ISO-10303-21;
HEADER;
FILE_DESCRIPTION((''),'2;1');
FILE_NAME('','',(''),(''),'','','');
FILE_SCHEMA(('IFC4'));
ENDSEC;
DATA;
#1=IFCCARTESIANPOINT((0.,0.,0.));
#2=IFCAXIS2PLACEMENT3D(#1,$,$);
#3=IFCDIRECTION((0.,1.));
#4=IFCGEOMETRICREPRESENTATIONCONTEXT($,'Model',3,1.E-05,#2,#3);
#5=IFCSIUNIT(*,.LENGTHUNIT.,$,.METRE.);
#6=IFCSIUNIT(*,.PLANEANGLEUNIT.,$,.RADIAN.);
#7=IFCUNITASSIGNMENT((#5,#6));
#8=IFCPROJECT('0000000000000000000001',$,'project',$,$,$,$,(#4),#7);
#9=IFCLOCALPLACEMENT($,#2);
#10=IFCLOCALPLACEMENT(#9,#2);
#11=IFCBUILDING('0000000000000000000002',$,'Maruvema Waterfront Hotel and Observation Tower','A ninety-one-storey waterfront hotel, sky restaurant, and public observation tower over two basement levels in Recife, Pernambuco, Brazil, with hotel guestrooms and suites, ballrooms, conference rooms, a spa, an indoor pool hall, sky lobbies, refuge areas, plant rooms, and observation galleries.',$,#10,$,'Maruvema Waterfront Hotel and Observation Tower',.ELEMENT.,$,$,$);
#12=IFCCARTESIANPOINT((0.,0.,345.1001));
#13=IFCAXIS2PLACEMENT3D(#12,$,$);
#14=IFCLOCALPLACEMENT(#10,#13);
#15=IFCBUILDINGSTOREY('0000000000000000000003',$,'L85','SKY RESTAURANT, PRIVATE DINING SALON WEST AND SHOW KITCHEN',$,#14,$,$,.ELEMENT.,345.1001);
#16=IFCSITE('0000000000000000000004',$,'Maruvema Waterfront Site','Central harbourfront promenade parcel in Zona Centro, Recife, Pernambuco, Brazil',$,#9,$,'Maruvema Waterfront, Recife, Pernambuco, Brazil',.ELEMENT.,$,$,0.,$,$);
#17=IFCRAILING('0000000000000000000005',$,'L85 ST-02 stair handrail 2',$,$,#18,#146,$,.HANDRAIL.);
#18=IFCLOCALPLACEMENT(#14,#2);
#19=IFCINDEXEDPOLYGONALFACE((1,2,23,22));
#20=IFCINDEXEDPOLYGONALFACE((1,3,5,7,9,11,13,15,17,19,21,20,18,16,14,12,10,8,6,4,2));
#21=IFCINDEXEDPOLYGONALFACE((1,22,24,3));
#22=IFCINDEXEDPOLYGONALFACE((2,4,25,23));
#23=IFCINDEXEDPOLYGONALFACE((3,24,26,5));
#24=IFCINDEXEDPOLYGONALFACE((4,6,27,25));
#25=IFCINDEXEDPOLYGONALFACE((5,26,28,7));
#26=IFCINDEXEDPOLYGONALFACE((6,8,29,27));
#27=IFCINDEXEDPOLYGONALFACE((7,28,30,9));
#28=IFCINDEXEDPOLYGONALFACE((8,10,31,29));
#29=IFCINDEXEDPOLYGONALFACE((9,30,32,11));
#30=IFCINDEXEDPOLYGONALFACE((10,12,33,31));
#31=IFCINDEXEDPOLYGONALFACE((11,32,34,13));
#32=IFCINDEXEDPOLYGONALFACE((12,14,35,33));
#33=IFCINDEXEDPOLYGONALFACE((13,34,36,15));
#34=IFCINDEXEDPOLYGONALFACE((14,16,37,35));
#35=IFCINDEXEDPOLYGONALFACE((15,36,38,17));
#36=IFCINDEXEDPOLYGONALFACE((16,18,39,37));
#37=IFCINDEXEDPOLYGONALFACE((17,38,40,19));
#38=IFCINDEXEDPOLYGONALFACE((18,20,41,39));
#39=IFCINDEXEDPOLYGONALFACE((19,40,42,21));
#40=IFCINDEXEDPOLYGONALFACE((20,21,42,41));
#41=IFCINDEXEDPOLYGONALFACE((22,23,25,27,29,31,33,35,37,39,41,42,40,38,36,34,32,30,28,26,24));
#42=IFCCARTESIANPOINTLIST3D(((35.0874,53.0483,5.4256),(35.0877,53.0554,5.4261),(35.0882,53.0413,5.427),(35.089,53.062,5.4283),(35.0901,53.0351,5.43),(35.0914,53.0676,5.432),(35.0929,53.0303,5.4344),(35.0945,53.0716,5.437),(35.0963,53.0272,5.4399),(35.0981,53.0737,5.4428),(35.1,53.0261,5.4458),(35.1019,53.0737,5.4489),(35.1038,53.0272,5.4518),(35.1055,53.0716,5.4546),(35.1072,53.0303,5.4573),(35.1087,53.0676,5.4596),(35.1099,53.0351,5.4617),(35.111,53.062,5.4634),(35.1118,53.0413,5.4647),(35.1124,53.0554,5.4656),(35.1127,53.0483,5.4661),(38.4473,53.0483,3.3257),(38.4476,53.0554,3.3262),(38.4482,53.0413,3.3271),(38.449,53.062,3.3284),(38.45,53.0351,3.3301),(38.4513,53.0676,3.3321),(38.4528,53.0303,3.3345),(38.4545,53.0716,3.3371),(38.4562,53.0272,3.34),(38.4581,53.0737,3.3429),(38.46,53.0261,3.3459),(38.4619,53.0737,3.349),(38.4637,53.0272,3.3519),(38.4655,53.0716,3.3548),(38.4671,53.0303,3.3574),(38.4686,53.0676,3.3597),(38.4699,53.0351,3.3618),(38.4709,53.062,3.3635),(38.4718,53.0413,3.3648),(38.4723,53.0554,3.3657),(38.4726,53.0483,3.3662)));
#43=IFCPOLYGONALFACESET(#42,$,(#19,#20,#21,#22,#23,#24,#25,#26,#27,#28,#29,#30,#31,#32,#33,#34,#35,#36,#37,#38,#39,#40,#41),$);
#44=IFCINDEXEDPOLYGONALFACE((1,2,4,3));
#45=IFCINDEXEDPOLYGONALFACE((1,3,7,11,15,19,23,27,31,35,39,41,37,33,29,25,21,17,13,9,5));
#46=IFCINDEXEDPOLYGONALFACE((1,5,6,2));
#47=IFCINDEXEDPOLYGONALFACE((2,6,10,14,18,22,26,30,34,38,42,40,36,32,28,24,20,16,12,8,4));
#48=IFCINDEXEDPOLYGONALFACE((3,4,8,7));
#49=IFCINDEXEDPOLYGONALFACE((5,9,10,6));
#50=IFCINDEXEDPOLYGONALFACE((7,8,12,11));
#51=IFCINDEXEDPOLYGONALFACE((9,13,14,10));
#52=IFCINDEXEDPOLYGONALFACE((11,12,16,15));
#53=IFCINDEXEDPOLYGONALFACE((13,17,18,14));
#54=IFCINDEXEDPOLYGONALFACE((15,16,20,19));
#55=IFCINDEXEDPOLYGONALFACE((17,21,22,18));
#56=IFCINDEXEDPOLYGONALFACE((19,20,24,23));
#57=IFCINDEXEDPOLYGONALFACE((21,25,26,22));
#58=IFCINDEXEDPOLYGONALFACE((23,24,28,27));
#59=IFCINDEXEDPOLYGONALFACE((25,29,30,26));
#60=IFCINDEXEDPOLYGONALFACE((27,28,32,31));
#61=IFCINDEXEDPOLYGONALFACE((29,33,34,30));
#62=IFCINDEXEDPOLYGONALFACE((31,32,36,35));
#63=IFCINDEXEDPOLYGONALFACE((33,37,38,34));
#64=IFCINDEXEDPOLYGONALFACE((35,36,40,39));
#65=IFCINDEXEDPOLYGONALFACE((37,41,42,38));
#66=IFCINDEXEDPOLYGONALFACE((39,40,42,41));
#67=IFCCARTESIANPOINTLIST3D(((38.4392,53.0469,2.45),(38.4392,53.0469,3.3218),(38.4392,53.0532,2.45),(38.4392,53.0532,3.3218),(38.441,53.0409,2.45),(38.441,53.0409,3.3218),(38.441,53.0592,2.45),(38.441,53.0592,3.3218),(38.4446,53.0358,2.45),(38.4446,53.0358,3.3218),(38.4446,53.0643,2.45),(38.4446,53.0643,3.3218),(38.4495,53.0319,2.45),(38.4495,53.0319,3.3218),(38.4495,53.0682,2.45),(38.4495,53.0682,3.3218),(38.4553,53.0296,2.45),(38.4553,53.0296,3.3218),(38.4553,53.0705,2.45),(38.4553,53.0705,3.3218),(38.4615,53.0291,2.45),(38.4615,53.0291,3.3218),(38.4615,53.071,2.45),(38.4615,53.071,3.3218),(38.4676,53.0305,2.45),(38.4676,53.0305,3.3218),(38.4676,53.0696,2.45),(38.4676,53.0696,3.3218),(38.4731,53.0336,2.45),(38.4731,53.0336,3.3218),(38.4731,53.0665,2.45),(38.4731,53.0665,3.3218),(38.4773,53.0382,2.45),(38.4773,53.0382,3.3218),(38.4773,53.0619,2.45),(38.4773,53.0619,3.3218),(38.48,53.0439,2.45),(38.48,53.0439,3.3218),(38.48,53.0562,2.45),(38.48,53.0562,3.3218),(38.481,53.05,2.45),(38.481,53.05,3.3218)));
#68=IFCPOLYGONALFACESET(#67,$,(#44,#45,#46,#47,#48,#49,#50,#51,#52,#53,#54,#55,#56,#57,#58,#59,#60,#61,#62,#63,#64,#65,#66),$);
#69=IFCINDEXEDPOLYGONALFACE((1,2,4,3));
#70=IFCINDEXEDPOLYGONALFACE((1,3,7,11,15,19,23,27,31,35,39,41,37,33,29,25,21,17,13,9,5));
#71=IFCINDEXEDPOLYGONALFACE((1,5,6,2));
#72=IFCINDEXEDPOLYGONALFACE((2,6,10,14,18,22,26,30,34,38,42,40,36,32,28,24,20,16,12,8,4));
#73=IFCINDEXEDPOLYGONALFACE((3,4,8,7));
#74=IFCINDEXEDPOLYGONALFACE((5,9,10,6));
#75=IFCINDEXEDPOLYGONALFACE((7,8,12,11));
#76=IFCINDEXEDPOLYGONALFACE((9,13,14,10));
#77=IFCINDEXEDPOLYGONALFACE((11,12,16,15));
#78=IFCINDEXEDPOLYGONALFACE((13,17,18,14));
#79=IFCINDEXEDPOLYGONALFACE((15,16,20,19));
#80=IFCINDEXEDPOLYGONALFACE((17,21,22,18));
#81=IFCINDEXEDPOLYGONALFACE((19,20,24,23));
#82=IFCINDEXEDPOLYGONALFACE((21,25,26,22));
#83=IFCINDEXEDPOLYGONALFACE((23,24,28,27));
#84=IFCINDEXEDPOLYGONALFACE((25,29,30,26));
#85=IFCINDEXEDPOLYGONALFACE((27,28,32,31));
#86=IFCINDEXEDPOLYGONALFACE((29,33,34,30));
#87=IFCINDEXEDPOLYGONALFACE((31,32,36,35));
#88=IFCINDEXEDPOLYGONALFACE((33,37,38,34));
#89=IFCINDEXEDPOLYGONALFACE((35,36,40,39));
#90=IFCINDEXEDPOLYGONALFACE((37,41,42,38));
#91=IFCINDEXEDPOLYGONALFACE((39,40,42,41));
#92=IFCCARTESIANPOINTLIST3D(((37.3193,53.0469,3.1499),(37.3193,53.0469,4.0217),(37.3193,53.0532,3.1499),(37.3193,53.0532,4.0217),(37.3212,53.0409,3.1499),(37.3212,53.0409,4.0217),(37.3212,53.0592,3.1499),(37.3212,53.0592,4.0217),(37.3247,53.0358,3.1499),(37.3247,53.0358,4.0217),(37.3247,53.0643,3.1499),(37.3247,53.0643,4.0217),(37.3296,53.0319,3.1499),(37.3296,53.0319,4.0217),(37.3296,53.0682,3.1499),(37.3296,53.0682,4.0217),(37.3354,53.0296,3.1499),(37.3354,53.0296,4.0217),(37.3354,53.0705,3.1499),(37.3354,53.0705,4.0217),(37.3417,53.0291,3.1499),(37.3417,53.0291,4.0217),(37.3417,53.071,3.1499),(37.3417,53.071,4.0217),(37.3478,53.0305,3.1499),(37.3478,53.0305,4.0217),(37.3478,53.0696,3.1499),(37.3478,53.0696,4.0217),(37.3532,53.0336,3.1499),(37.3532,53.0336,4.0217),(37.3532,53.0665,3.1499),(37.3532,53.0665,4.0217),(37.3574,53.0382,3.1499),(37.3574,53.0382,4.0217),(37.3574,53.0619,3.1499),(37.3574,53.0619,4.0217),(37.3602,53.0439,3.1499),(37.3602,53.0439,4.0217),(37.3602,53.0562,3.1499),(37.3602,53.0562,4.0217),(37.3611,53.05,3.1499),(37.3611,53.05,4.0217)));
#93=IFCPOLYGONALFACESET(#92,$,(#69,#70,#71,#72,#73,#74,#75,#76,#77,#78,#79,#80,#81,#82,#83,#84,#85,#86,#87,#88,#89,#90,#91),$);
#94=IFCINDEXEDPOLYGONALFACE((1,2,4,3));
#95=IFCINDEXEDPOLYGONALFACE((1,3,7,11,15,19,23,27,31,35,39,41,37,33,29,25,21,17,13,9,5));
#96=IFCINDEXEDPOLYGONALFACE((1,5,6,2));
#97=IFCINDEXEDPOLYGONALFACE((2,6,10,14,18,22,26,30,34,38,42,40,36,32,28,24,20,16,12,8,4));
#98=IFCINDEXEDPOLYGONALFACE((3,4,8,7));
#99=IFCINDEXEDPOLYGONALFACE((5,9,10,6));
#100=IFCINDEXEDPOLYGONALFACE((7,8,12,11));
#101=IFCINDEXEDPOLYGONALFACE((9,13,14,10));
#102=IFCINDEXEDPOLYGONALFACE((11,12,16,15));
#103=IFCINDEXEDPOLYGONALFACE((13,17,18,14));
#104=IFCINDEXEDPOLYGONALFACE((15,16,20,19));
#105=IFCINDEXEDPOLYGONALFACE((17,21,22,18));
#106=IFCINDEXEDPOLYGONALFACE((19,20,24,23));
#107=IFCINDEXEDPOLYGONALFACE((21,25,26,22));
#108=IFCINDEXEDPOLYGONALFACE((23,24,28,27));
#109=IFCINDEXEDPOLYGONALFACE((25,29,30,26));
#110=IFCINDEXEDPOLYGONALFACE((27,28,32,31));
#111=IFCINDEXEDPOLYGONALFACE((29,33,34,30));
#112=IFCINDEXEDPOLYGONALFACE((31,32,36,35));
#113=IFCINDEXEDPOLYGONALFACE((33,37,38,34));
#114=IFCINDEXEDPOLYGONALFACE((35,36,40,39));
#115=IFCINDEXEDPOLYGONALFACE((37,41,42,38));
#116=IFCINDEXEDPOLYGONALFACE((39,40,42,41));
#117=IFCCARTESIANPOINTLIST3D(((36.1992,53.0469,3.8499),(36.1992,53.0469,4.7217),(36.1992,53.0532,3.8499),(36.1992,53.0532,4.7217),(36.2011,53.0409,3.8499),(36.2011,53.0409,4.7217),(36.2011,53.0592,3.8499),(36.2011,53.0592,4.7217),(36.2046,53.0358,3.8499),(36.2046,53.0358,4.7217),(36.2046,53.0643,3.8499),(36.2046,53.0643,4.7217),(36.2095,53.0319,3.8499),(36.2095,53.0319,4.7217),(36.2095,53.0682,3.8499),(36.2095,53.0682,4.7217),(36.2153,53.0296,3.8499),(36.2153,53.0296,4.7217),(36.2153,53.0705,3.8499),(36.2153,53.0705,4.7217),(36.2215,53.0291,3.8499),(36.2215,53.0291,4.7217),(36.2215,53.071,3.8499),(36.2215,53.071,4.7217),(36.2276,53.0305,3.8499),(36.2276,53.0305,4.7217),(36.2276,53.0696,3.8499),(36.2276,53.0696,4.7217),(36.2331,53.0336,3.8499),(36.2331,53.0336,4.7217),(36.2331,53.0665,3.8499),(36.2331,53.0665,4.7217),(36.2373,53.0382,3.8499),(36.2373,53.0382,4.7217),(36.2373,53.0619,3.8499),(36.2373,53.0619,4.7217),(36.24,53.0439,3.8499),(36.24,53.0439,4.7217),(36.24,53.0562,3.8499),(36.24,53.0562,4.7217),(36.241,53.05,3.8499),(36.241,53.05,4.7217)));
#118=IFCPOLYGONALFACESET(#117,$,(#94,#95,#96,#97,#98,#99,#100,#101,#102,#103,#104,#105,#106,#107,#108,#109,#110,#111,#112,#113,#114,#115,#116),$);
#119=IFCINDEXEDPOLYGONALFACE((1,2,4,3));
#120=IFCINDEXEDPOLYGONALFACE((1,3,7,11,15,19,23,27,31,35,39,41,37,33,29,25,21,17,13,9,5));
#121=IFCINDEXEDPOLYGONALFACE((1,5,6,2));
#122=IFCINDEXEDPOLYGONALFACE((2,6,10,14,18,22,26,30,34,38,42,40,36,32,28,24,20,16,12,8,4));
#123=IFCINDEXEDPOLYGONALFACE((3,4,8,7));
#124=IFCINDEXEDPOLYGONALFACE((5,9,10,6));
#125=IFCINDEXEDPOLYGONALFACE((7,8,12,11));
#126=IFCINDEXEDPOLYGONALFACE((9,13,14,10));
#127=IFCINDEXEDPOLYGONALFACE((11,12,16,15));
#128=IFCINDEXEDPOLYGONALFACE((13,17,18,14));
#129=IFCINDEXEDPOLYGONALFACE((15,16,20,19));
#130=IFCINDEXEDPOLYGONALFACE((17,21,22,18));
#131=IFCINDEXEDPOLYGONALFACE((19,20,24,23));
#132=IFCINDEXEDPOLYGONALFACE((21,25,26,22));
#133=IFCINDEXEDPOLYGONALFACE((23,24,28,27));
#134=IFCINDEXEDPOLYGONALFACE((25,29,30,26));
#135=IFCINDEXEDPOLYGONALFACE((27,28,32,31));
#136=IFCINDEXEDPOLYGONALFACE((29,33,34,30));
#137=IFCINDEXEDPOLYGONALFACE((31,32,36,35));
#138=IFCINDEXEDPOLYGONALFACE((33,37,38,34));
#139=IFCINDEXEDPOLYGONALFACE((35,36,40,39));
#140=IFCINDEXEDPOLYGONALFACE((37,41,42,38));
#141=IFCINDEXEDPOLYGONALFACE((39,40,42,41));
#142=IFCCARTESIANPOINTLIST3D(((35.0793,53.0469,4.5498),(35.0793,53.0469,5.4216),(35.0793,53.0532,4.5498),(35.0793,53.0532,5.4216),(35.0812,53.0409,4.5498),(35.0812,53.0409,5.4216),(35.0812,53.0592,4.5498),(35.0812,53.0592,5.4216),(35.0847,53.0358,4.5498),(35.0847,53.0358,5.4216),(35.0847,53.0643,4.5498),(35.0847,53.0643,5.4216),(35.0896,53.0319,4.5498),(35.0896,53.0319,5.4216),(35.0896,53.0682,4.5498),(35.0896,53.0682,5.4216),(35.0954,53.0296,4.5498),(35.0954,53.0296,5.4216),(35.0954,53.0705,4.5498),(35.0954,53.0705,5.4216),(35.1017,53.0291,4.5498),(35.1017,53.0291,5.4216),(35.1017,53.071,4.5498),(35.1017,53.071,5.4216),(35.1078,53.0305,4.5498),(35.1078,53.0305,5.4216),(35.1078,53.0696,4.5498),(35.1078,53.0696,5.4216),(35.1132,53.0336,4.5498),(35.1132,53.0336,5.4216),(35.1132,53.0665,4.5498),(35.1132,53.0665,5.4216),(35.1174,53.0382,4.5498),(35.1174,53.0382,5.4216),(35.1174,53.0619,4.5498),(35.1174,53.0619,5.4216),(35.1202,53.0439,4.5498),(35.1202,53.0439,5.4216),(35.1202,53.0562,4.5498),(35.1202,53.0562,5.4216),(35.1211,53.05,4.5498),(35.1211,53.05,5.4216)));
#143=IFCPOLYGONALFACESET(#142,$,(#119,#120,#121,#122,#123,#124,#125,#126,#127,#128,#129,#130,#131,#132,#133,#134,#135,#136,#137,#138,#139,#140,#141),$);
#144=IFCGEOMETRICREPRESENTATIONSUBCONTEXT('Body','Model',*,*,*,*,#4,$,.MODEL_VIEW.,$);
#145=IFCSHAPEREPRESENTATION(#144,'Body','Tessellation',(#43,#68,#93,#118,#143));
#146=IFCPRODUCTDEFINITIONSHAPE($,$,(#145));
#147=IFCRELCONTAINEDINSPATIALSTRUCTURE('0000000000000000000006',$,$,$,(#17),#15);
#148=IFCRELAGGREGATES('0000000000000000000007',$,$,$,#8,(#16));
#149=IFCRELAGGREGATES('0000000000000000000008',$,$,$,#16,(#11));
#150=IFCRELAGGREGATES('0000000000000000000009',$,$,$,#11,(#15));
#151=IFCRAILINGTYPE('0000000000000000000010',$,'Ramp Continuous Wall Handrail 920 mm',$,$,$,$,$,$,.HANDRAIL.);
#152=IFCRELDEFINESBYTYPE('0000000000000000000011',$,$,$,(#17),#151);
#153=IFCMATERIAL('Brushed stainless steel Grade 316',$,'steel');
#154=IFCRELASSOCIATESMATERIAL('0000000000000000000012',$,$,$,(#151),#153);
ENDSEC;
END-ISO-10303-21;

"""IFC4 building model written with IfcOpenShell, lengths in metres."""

from ifc_helpers import new_model, si_unit, direction, frame, origin, origin_2d, place, context, subcontext, project, spatial, circle, extrude, material, type_object, element, save


model = new_model("IFC4")

# Units and contexts
model_context = context("Model", 3, precision=1e-05, world=origin(), true_north=direction((0.0, 1.0)))
body_context = subcontext(model_context, "Body", "Model", "MODEL_VIEW")
ifc_project = project(units=[si_unit("LENGTHUNIT", "METRE"), si_unit("PLANEANGLEUNIT", "RADIAN")], contexts=[model_context])

# Site, building, storey
site_placement = place(None, origin())
site = spatial("IfcSite", under=ifc_project, at=site_placement, Name="Maruvema Waterfront Site", Description="Central harbourfront promenade parcel in Zona Centro, Recife, Pernambuco, Brazil", LongName="Maruvema Waterfront, Recife, Pernambuco, Brazil", CompositionType="ELEMENT", RefElevation=0.0)
building_placement = place(site_placement, origin())
building = spatial("IfcBuilding", under=site, at=building_placement, Name="Maruvema Waterfront Hotel and Observation Tower", Description="A ninety-one-storey waterfront hotel, sky restaurant, and public observation tower over two basement levels in Recife, Pernambuco, Brazil, with hotel guestrooms and suites, ballrooms, conference rooms, a spa, an indoor pool hall, sky lobbies, refuge areas, plant rooms, and observation galleries.", LongName="Maruvema Waterfront Hotel and Observation Tower", CompositionType="ELEMENT")
storey_placement = place(building_placement, frame((0.0, 0.0, 345.1001)))
storey = spatial("IfcBuildingStorey", under=building, at=storey_placement, Name="L85", Description="SKY RESTAURANT, PRIVATE DINING SALON WEST AND SHOW KITCHEN", CompositionType="ELEMENT", Elevation=345.1001)

# Railing
ifc_material_1 = material(Name="Brushed stainless steel Grade 316", Category="steel")
railing_type_1 = type_object("IfcRailingType", Name="Ramp Continuous Wall Handrail 920 mm", PredefinedType="HANDRAIL", material=ifc_material_1)
railing_1_placement = place(storey_placement, frame((38.46, 53.05, 2.45)))
element("IfcRailing", 1, at=railing_1_placement, inside=storey, type_object=railing_type_1, Name="L85 ST-02 stair handrail 2", PredefinedType="HANDRAIL", context=body_context, shape_type="SweptSolid", body=[
    extrude(circle(Radius=0.0239, at=origin_2d()), frame((0.0, 0.0, 0.896), z_axis=(-0.848005, 0.0, 0.529988), x_axis=(0.0, -1.0, 0.0)), (0.0, 0.0, 1.0), 3.9622),
    extrude(circle(Radius=0.021, at=origin_2d()), origin(), (0.0, 0.0, 1.0), 0.8718),
    extrude(circle(Radius=0.021, at=origin_2d()), frame((-1.1199, 0.0, 0.7)), (0.0, 0.0, 1.0), 0.8718),
    extrude(circle(Radius=0.021, at=origin_2d()), frame((-2.24, 0.0, 1.3999)), (0.0, 0.0, 1.0), 0.8718),
    extrude(circle(Radius=0.021, at=origin_2d()), frame((-3.3599, 0.0, 2.0999)), (0.0, 0.0, 1.0), 0.8718),
])

save(model, "model.ifc")
